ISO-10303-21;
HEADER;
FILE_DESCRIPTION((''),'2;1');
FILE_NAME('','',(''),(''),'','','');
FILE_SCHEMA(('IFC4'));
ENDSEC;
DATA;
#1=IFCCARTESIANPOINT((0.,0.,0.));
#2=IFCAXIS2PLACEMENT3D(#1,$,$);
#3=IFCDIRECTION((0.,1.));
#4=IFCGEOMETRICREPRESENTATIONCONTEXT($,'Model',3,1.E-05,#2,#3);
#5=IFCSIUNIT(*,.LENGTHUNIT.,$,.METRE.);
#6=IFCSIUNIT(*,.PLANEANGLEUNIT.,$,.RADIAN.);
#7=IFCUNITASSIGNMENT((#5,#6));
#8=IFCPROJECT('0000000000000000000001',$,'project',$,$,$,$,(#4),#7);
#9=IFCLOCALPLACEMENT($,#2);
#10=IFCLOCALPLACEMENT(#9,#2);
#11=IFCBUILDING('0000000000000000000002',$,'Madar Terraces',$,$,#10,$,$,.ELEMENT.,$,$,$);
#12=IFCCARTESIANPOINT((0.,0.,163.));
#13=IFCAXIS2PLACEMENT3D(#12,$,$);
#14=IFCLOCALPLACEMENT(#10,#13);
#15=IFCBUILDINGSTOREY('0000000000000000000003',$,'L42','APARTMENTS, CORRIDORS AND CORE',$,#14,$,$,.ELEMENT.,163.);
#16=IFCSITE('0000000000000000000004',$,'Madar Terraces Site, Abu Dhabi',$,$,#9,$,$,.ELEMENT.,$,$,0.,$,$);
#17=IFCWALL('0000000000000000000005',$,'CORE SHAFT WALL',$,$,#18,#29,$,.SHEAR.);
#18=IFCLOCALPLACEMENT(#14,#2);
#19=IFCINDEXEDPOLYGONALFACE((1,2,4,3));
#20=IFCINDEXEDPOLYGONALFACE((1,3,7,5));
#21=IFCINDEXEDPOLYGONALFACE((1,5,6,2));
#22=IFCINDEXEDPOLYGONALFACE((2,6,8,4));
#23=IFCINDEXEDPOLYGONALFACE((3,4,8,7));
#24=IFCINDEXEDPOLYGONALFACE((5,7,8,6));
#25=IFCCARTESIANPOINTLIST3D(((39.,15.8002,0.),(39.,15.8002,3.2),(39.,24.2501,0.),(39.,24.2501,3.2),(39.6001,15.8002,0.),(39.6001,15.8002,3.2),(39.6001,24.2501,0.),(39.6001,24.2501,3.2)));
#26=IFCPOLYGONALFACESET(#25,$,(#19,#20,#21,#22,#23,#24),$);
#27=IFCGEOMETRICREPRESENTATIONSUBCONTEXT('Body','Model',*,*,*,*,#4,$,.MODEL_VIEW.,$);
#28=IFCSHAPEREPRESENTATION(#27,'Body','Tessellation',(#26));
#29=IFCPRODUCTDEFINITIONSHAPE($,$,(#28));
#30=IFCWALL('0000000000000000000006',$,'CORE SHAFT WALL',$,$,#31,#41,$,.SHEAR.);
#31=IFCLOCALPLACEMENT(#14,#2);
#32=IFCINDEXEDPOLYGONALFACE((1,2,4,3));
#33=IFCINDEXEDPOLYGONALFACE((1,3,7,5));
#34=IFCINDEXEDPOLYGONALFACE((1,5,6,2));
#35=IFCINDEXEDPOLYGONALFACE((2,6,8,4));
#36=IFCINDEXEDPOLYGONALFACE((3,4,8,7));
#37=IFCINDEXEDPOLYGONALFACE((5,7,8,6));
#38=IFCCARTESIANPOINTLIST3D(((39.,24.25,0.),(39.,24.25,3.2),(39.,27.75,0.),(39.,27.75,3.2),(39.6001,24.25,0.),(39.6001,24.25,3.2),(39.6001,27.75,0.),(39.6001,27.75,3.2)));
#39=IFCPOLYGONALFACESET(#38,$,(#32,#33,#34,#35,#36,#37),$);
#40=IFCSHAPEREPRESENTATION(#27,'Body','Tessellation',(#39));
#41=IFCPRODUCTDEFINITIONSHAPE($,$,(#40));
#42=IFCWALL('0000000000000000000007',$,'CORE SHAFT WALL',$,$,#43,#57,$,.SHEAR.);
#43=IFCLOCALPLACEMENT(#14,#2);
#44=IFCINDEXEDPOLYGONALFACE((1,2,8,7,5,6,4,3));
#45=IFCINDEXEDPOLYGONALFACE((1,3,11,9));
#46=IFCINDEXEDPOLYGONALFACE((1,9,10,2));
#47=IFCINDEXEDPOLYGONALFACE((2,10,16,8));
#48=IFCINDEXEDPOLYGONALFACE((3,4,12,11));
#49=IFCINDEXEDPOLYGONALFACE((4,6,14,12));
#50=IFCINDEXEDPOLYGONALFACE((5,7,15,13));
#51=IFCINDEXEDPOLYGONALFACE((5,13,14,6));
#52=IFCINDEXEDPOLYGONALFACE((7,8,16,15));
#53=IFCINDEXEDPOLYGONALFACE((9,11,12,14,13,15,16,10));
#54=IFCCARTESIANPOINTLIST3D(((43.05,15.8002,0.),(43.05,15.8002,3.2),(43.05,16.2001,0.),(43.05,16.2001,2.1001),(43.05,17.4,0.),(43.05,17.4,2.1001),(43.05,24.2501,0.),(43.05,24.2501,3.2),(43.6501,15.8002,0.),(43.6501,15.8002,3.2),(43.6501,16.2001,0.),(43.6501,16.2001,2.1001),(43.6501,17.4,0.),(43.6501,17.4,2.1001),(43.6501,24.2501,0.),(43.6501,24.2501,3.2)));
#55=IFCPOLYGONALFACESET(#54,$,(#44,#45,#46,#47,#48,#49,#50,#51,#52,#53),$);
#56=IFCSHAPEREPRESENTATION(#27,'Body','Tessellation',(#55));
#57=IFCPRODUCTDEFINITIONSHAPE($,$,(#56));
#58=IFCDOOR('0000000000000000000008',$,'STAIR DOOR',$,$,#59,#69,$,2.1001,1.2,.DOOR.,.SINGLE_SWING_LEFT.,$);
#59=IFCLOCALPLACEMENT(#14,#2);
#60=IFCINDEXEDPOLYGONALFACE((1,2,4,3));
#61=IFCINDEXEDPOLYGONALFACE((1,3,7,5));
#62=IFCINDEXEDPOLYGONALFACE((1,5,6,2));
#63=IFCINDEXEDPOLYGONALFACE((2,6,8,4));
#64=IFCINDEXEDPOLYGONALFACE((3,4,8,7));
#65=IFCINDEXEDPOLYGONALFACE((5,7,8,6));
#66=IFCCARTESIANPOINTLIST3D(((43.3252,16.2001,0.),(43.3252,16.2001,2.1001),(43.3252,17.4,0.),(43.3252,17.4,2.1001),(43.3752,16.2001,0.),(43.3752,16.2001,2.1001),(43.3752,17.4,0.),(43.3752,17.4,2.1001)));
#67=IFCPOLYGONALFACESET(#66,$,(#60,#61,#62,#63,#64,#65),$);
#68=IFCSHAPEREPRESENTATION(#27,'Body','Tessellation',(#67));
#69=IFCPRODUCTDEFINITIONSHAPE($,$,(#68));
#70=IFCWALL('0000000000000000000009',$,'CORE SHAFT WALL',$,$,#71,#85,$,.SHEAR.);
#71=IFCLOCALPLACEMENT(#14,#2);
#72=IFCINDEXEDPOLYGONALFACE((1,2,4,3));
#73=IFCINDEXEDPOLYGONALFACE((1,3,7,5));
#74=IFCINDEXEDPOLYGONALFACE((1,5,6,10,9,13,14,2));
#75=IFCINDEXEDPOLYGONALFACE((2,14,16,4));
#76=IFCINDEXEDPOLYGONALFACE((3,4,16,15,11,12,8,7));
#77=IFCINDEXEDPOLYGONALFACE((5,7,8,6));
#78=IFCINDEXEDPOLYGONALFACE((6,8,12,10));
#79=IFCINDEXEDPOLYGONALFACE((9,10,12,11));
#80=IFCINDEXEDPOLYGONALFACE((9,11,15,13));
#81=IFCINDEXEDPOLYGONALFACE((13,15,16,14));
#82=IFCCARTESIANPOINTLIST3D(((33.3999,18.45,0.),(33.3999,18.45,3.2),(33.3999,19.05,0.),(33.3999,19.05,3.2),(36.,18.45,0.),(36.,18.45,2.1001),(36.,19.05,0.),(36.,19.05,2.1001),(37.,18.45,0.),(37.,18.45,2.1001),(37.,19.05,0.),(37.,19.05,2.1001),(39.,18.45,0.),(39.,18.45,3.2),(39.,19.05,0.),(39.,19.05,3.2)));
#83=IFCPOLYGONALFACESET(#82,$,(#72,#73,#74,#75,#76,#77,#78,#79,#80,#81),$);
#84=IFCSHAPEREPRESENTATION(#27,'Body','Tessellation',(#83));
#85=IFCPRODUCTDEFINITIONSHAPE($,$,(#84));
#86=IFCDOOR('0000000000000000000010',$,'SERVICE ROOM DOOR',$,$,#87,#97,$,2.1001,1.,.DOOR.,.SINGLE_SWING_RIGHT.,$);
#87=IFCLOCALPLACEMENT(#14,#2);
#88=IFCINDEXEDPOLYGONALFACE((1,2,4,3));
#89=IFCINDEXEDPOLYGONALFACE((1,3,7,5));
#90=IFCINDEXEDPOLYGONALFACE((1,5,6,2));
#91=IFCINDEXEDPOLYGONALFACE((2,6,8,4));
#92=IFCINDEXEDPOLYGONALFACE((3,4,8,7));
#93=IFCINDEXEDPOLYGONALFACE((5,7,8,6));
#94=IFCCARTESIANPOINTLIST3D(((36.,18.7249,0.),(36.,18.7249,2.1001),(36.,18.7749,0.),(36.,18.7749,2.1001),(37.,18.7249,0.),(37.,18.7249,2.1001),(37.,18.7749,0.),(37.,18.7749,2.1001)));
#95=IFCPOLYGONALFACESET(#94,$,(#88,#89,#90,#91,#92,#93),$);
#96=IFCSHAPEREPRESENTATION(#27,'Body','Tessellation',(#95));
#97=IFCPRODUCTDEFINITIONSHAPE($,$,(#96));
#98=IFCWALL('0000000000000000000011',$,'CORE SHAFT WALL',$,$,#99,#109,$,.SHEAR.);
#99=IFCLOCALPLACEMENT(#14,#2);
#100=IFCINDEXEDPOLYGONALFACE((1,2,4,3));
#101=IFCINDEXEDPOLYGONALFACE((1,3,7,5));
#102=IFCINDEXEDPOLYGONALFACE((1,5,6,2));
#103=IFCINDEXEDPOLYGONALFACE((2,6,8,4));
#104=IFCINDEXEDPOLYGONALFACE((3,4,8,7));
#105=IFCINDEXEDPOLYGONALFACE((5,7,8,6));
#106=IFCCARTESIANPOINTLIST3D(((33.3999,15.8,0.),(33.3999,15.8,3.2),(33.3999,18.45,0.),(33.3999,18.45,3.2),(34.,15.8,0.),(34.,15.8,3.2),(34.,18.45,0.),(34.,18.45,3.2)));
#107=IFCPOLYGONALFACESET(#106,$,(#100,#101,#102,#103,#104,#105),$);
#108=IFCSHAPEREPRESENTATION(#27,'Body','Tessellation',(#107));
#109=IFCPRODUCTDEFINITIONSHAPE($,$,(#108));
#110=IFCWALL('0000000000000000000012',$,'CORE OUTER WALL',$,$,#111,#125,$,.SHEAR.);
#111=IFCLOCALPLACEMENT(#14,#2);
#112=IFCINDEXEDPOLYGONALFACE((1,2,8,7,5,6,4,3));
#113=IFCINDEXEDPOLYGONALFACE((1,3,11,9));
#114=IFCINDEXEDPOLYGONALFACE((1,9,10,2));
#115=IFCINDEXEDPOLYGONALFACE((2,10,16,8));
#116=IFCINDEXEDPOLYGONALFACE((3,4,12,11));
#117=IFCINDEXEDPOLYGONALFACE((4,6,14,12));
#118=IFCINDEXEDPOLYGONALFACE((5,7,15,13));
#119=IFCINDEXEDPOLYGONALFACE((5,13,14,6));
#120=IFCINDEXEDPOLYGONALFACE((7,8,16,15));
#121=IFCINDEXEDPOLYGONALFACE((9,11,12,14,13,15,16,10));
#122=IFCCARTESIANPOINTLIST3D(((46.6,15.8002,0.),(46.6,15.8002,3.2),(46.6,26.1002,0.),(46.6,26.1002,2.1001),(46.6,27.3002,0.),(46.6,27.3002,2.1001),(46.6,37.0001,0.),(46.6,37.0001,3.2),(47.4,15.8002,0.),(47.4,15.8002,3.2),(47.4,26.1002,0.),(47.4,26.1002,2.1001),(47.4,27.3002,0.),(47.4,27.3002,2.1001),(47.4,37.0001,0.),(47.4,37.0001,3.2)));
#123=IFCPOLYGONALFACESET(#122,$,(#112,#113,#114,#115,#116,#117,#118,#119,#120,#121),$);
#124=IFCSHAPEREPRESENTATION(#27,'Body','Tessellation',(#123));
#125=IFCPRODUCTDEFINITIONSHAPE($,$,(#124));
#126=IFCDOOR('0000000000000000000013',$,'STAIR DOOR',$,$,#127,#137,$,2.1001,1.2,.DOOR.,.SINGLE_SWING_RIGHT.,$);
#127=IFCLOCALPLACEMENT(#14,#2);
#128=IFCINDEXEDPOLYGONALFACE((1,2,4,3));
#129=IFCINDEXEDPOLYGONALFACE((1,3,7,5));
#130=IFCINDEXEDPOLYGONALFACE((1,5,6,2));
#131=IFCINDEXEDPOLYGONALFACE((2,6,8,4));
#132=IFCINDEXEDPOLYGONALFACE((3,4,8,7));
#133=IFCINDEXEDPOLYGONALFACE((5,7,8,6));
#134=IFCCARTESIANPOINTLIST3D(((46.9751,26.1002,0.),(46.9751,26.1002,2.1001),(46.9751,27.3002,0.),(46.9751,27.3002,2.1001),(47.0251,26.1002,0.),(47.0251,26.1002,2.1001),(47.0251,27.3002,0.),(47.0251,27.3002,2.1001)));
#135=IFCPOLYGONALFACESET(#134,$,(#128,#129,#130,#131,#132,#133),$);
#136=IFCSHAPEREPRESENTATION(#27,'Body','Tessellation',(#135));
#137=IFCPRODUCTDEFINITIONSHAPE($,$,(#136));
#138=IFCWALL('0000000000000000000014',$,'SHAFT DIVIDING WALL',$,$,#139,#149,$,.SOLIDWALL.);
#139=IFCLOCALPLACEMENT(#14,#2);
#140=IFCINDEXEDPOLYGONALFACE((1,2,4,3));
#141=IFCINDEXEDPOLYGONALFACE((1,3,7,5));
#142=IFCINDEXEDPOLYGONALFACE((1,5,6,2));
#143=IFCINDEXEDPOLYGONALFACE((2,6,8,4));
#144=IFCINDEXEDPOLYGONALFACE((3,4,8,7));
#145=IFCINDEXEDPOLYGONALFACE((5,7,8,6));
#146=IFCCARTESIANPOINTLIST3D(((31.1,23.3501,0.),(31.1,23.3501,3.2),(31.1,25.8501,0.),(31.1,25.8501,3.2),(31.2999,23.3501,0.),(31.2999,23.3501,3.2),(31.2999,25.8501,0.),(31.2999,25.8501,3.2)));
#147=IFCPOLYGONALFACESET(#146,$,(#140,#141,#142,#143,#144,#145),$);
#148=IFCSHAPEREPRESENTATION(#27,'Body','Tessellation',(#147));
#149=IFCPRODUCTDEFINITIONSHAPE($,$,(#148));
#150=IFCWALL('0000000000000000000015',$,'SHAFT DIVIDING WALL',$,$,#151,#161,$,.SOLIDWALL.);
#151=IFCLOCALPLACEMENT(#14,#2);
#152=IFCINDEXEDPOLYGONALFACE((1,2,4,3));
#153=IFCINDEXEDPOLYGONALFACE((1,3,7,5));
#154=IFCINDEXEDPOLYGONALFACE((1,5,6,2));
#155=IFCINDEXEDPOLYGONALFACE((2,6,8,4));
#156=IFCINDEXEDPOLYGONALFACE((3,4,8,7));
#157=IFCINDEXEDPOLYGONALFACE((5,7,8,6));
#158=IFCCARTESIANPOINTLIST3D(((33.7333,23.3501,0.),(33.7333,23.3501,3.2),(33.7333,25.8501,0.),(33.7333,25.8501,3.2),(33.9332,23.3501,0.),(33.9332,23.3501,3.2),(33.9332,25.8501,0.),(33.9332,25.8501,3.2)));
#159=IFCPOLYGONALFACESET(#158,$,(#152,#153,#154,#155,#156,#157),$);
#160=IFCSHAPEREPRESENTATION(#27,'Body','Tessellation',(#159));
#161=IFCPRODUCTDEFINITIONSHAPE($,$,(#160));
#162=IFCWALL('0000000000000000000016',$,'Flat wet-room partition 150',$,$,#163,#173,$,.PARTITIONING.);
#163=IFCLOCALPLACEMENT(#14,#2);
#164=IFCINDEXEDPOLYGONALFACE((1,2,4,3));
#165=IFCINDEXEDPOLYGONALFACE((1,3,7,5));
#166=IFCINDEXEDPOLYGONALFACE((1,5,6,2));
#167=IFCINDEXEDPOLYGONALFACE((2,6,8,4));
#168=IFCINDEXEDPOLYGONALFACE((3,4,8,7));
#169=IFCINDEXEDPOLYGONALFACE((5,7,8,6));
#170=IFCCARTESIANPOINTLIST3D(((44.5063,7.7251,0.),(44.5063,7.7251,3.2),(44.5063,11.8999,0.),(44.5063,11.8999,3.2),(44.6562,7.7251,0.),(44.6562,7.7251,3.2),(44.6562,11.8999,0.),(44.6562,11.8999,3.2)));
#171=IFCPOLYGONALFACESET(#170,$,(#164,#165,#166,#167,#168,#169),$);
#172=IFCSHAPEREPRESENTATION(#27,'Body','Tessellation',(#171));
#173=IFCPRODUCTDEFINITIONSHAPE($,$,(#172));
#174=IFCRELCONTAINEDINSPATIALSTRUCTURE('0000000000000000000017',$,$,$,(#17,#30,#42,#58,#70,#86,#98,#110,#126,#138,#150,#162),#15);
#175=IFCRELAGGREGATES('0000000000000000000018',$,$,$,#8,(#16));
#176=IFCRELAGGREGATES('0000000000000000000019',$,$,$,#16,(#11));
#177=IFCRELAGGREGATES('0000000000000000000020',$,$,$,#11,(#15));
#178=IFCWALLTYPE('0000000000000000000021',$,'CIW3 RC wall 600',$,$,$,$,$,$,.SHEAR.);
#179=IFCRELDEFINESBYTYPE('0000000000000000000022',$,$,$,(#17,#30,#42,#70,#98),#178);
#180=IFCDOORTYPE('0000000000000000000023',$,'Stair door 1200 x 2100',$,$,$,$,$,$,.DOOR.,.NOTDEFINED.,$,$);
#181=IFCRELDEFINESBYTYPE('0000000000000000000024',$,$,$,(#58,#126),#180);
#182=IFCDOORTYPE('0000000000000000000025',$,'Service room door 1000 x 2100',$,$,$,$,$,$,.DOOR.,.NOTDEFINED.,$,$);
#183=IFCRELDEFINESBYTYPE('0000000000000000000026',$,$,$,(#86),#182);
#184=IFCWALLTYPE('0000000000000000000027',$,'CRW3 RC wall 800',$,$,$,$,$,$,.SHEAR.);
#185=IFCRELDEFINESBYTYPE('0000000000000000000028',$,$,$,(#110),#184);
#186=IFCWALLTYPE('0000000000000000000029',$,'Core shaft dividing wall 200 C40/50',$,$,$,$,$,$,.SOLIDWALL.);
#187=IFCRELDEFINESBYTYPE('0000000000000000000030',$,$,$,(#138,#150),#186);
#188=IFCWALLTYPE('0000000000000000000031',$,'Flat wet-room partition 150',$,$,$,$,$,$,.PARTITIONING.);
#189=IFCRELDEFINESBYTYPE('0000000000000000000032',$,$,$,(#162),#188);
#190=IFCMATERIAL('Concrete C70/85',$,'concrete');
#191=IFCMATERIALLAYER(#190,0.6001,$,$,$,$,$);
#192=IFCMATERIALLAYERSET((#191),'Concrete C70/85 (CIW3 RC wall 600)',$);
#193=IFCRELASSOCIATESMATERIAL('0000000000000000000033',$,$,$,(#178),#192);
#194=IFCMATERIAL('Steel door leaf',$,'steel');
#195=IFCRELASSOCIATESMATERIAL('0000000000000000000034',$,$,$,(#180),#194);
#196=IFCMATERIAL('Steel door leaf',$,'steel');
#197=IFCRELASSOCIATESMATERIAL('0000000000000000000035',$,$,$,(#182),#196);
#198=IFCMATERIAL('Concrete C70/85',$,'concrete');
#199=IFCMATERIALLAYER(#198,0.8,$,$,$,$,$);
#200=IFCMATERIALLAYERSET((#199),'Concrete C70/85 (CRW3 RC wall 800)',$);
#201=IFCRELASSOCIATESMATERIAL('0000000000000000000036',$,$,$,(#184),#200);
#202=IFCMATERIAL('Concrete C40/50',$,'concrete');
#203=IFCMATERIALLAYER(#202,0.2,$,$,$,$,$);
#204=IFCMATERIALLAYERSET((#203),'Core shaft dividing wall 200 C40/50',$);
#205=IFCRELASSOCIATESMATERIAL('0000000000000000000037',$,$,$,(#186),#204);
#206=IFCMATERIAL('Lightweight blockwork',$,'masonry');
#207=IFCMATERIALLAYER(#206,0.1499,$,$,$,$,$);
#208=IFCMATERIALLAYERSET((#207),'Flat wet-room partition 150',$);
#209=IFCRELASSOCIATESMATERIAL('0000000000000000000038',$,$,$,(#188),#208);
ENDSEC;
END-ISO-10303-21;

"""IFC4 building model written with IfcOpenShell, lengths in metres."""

from ifc_helpers import new_model, si_unit, direction, frame, frame_2d, origin, place, context, subcontext, project, spatial, rectangle, extrude, material, layer, layer_set, type_object, element, fill, save


model = new_model("IFC4")

# Units and contexts
model_context = context("Model", 3, precision=1e-05, world=origin(), true_north=direction((0.0, 1.0)))
body_context = subcontext(model_context, "Body", "Model", "MODEL_VIEW")
ifc_project = project(units=[si_unit("LENGTHUNIT", "METRE"), si_unit("PLANEANGLEUNIT", "RADIAN")], contexts=[model_context])

# Site, building, storey
site_placement = place(None, origin())
site = spatial("IfcSite", under=ifc_project, at=site_placement, Name="Madar Terraces Site, Abu Dhabi", CompositionType="ELEMENT", RefElevation=0.0)
building_placement = place(site_placement, origin())
building = spatial("IfcBuilding", under=site, at=building_placement, Name="Madar Terraces", CompositionType="ELEMENT")
storey_placement = place(building_placement, frame((0.0, 0.0, 163.0)))
storey = spatial("IfcBuildingStorey", under=building, at=storey_placement, Name="L42", Description="APARTMENTS, CORRIDORS AND CORE", CompositionType="ELEMENT", Elevation=163.0)

# Walls
ifc_material_1 = material(Name="Concrete C70/85", Category="concrete")
ifc_layer_1 = layer(ifc_material_1, 0.6001)
ifc_layer_set_1 = layer_set([ifc_layer_1], Name="Concrete C70/85 (CIW3 RC wall 600)")
wall_type_1 = type_object("IfcWallType", Name="CIW3 RC wall 600", PredefinedType="SHEAR", material=ifc_layer_set_1)
wall_1_placement = place(storey_placement, frame((39.3, 15.8, 0.0), z_axis=(0.0, 0.0, 1.0), x_axis=(0.0, 1.0, 0.0)))
element("IfcWall", 1, at=wall_1_placement, inside=storey, type_object=wall_type_1, Name="CORE SHAFT WALL", PredefinedType="SHEAR", context=body_context, shape_type="SweptSolid", body=[
    extrude(rectangle(XDim=8.45, YDim=0.6001, at=frame_2d((4.2251, 0.0))), origin(), (0.0, 0.0, 1.0), 3.2),
])
wall_2_placement = place(storey_placement, frame((39.3, 24.25, 0.0), z_axis=(0.0, 0.0, 1.0), x_axis=(0.0, 1.0, 0.0)))
element("IfcWall", 2, at=wall_2_placement, inside=storey, type_object=wall_type_1, Name="CORE SHAFT WALL", PredefinedType="SHEAR", context=body_context, shape_type="SweptSolid", body=[
    extrude(rectangle(XDim=3.5, YDim=0.6001, at=frame_2d((1.75, 0.0))), origin(), (0.0, 0.0, 1.0), 3.2),
])

# Walls, openings, doors
wall_3_placement = place(storey_placement, frame((43.3501, 15.8, 0.0), z_axis=(0.0, 0.0, 1.0), x_axis=(0.0, 1.0, 0.0)))
wall_3 = element("IfcWall", 3, at=wall_3_placement, inside=storey, type_object=wall_type_1, Name="CORE SHAFT WALL", PredefinedType="SHEAR", context=body_context, shape_type="SweptSolid", body=[
    extrude(rectangle(XDim=8.45, YDim=0.6001, at=frame_2d((4.2251, 0.0))), origin(), (0.0, 0.0, 1.0), 3.2),
])
opening_1_placement = place(wall_3_placement, frame((0.3999, 0.0, 0.0)))
opening_1 = element("IfcOpeningElement", 4, at=opening_1_placement, cuts=wall_3, PredefinedType="OPENING", context=body_context, shape_type="SweptSolid", body=[
    extrude(rectangle(XDim=1.2, YDim=2.1001, at=frame_2d((0.6001, 1.05))), frame((0.0, 0.3101, 0.0), z_axis=(0.0, -1.0, 0.0), x_axis=(1.0, 0.0, 0.0)), (0.0, 0.0, 1.0), 0.6201),
])
ifc_material_2 = material(Name="Steel door leaf", Category="steel")
door_type_1 = type_object("IfcDoorType", Name="Stair door 1200 x 2100", OperationType="NOTDEFINED", PredefinedType="DOOR", material=ifc_material_2)
door_1_placement = place(opening_1_placement, origin())
door_1 = element("IfcDoor", 5, at=door_1_placement, inside=storey, type_object=door_type_1, Name="STAIR DOOR", OperationType="SINGLE_SWING_LEFT", OverallHeight=2.1001, OverallWidth=1.2, PredefinedType="DOOR", context=body_context, shape_type="SweptSolid", body=[
    extrude(rectangle(XDim=1.2, YDim=2.1001, at=frame_2d((0.6001, 1.05))), frame((0.0, 0.0249, 0.0), z_axis=(0.0, -1.0, 0.0), x_axis=(1.0, 0.0, 0.0)), (0.0, 0.0, 1.0), 0.05),
])
fill(opening_1, door_1)
wall_4_placement = place(storey_placement, frame((33.3999, 18.75, 0.0), z_axis=(0.0, 0.0, 1.0), x_axis=(1.0, 0.0, 0.0)))
wall_4 = element("IfcWall", 6, at=wall_4_placement, inside=storey, type_object=wall_type_1, Name="CORE SHAFT WALL", PredefinedType="SHEAR", context=body_context, shape_type="SweptSolid", body=[
    extrude(rectangle(XDim=5.6001, YDim=0.6001, at=frame_2d((2.8, 0.0))), origin(), (0.0, 0.0, 1.0), 3.2),
])
opening_2_placement = place(wall_4_placement, frame((2.6001, 0.0, 0.0)))
opening_2 = element("IfcOpeningElement", 7, at=opening_2_placement, cuts=wall_4, PredefinedType="OPENING", context=body_context, shape_type="SweptSolid", body=[
    extrude(rectangle(XDim=1.0, YDim=2.1001, at=frame_2d((0.5, 1.05))), frame((0.0, 0.3101, 0.0), z_axis=(0.0, -1.0, 0.0), x_axis=(1.0, 0.0, 0.0)), (0.0, 0.0, 1.0), 0.6201),
])
ifc_material_3 = material(Name="Steel door leaf", Category="steel")
door_type_2 = type_object("IfcDoorType", Name="Service room door 1000 x 2100", OperationType="NOTDEFINED", PredefinedType="DOOR", material=ifc_material_3)
door_2_placement = place(opening_2_placement, origin())
door_2 = element("IfcDoor", 8, at=door_2_placement, inside=storey, type_object=door_type_2, Name="SERVICE ROOM DOOR", OperationType="SINGLE_SWING_RIGHT", OverallHeight=2.1001, OverallWidth=1.0, PredefinedType="DOOR", context=body_context, shape_type="SweptSolid", body=[
    extrude(rectangle(XDim=1.0, YDim=2.1001, at=frame_2d((0.5, 1.05))), frame((0.0, 0.0249, 0.0), z_axis=(0.0, -1.0, 0.0), x_axis=(1.0, 0.0, 0.0)), (0.0, 0.0, 1.0), 0.05),
])
fill(opening_2, door_2)

# Wall
wall_5_placement = place(storey_placement, frame((33.7, 15.8, 0.0), z_axis=(0.0, 0.0, 1.0), x_axis=(0.0, 1.0, 0.0)))
element("IfcWall", 9, at=wall_5_placement, inside=storey, type_object=wall_type_1, Name="CORE SHAFT WALL", PredefinedType="SHEAR", context=body_context, shape_type="SweptSolid", body=[
    extrude(rectangle(XDim=2.6499, YDim=0.6001, at=frame_2d((1.325, 0.0))), origin(), (0.0, 0.0, 1.0), 3.2),
])

# Wall, opening, door
ifc_material_4 = material(Name="Concrete C70/85", Category="concrete")
ifc_layer_2 = layer(ifc_material_4, 0.8)
ifc_layer_set_2 = layer_set([ifc_layer_2], Name="Concrete C70/85 (CRW3 RC wall 800)")
wall_type_2 = type_object("IfcWallType", Name="CRW3 RC wall 800", PredefinedType="SHEAR", material=ifc_layer_set_2)
wall_6_placement = place(storey_placement, frame((47.0, 15.8, 0.0), z_axis=(0.0, 0.0, 1.0), x_axis=(0.0, 1.0, 0.0)))
wall_6 = element("IfcWall", 10, at=wall_6_placement, inside=storey, type_object=wall_type_2, Name="CORE OUTER WALL", PredefinedType="SHEAR", context=body_context, shape_type="SweptSolid", body=[
    extrude(rectangle(XDim=21.2, YDim=0.8, at=frame_2d((10.6001, 0.0))), origin(), (0.0, 0.0, 1.0), 3.2),
])
opening_3_placement = place(wall_6_placement, frame((10.3, 0.0, 0.0)))
opening_3 = element("IfcOpeningElement", 11, at=opening_3_placement, cuts=wall_6, PredefinedType="OPENING", context=body_context, shape_type="SweptSolid", body=[
    extrude(rectangle(XDim=1.2, YDim=2.1001, at=frame_2d((0.6001, 1.05))), frame((0.0, 0.4099, 0.0), z_axis=(0.0, -1.0, 0.0), x_axis=(1.0, 0.0, 0.0)), (0.0, 0.0, 1.0), 0.8201),
])
door_3_placement = place(opening_3_placement, origin())
door_3 = element("IfcDoor", 12, at=door_3_placement, inside=storey, type_object=door_type_1, Name="STAIR DOOR", OperationType="SINGLE_SWING_RIGHT", OverallHeight=2.1001, OverallWidth=1.2, PredefinedType="DOOR", context=body_context, shape_type="SweptSolid", body=[
    extrude(rectangle(XDim=1.2, YDim=2.1001, at=frame_2d((0.6001, 1.05))), frame((0.0, 0.0249, 0.0), z_axis=(0.0, -1.0, 0.0), x_axis=(1.0, 0.0, 0.0)), (0.0, 0.0, 1.0), 0.05),
])
fill(opening_3, door_3)

# Walls
ifc_material_5 = material(Name="Concrete C40/50", Category="concrete")
ifc_layer_3 = layer(ifc_material_5, 0.2)
ifc_layer_set_3 = layer_set([ifc_layer_3], Name="Core shaft dividing wall 200 C40/50")
wall_type_3 = type_object("IfcWallType", Name="Core shaft dividing wall 200 C40/50", PredefinedType="SOLIDWALL", material=ifc_layer_set_3)
for number, where, z_axis, x_axis, name in (
    (13, (31.2, 23.3501, 0.0), (0.0, 0.0, 1.0), (0.0, 1.0, 0.0), "SHAFT DIVIDING WALL"),
    (14, (33.8333, 23.3501, 0.0), (0.0, 0.0, 1.0), (0.0, 1.0, 0.0), "SHAFT DIVIDING WALL"),
):
    element("IfcWall", number, at=place(storey_placement, frame(where, z_axis=z_axis, x_axis=x_axis)), inside=storey, type_object=wall_type_3, Name=name, PredefinedType="SOLIDWALL", context=body_context, shape_type="SweptSolid", body=[
        extrude(rectangle(XDim=2.5, YDim=0.2, at=frame_2d((1.25, 0.0))), origin(), (0.0, 0.0, 1.0), 3.2),
    ])
ifc_material_6 = material(Name="Lightweight blockwork", Category="masonry")
ifc_layer_4 = layer(ifc_material_6, 0.1499)
ifc_layer_set_4 = layer_set([ifc_layer_4], Name="Flat wet-room partition 150")
wall_type_4 = type_object("IfcWallType", Name="Flat wet-room partition 150", PredefinedType="PARTITIONING", material=ifc_layer_set_4)
for number, where, z_axis, x_axis, name in (
    (15, (44.5813, 11.8999, 0.0), (0.0, 0.0, 1.0), (0.0, -1.0, 0.0), "Flat wet-room partition 150"),
):
    element("IfcWall", number, at=place(storey_placement, frame(where, z_axis=z_axis, x_axis=x_axis)), inside=storey, type_object=wall_type_4, Name=name, PredefinedType="PARTITIONING", context=body_context, shape_type="SweptSolid", body=[
        extrude(rectangle(XDim=4.1748, YDim=0.1499, at=frame_2d((2.0874, 0.0))), origin(), (0.0, 0.0, 1.0), 3.2),
    ])

save(model, "model.ifc")
